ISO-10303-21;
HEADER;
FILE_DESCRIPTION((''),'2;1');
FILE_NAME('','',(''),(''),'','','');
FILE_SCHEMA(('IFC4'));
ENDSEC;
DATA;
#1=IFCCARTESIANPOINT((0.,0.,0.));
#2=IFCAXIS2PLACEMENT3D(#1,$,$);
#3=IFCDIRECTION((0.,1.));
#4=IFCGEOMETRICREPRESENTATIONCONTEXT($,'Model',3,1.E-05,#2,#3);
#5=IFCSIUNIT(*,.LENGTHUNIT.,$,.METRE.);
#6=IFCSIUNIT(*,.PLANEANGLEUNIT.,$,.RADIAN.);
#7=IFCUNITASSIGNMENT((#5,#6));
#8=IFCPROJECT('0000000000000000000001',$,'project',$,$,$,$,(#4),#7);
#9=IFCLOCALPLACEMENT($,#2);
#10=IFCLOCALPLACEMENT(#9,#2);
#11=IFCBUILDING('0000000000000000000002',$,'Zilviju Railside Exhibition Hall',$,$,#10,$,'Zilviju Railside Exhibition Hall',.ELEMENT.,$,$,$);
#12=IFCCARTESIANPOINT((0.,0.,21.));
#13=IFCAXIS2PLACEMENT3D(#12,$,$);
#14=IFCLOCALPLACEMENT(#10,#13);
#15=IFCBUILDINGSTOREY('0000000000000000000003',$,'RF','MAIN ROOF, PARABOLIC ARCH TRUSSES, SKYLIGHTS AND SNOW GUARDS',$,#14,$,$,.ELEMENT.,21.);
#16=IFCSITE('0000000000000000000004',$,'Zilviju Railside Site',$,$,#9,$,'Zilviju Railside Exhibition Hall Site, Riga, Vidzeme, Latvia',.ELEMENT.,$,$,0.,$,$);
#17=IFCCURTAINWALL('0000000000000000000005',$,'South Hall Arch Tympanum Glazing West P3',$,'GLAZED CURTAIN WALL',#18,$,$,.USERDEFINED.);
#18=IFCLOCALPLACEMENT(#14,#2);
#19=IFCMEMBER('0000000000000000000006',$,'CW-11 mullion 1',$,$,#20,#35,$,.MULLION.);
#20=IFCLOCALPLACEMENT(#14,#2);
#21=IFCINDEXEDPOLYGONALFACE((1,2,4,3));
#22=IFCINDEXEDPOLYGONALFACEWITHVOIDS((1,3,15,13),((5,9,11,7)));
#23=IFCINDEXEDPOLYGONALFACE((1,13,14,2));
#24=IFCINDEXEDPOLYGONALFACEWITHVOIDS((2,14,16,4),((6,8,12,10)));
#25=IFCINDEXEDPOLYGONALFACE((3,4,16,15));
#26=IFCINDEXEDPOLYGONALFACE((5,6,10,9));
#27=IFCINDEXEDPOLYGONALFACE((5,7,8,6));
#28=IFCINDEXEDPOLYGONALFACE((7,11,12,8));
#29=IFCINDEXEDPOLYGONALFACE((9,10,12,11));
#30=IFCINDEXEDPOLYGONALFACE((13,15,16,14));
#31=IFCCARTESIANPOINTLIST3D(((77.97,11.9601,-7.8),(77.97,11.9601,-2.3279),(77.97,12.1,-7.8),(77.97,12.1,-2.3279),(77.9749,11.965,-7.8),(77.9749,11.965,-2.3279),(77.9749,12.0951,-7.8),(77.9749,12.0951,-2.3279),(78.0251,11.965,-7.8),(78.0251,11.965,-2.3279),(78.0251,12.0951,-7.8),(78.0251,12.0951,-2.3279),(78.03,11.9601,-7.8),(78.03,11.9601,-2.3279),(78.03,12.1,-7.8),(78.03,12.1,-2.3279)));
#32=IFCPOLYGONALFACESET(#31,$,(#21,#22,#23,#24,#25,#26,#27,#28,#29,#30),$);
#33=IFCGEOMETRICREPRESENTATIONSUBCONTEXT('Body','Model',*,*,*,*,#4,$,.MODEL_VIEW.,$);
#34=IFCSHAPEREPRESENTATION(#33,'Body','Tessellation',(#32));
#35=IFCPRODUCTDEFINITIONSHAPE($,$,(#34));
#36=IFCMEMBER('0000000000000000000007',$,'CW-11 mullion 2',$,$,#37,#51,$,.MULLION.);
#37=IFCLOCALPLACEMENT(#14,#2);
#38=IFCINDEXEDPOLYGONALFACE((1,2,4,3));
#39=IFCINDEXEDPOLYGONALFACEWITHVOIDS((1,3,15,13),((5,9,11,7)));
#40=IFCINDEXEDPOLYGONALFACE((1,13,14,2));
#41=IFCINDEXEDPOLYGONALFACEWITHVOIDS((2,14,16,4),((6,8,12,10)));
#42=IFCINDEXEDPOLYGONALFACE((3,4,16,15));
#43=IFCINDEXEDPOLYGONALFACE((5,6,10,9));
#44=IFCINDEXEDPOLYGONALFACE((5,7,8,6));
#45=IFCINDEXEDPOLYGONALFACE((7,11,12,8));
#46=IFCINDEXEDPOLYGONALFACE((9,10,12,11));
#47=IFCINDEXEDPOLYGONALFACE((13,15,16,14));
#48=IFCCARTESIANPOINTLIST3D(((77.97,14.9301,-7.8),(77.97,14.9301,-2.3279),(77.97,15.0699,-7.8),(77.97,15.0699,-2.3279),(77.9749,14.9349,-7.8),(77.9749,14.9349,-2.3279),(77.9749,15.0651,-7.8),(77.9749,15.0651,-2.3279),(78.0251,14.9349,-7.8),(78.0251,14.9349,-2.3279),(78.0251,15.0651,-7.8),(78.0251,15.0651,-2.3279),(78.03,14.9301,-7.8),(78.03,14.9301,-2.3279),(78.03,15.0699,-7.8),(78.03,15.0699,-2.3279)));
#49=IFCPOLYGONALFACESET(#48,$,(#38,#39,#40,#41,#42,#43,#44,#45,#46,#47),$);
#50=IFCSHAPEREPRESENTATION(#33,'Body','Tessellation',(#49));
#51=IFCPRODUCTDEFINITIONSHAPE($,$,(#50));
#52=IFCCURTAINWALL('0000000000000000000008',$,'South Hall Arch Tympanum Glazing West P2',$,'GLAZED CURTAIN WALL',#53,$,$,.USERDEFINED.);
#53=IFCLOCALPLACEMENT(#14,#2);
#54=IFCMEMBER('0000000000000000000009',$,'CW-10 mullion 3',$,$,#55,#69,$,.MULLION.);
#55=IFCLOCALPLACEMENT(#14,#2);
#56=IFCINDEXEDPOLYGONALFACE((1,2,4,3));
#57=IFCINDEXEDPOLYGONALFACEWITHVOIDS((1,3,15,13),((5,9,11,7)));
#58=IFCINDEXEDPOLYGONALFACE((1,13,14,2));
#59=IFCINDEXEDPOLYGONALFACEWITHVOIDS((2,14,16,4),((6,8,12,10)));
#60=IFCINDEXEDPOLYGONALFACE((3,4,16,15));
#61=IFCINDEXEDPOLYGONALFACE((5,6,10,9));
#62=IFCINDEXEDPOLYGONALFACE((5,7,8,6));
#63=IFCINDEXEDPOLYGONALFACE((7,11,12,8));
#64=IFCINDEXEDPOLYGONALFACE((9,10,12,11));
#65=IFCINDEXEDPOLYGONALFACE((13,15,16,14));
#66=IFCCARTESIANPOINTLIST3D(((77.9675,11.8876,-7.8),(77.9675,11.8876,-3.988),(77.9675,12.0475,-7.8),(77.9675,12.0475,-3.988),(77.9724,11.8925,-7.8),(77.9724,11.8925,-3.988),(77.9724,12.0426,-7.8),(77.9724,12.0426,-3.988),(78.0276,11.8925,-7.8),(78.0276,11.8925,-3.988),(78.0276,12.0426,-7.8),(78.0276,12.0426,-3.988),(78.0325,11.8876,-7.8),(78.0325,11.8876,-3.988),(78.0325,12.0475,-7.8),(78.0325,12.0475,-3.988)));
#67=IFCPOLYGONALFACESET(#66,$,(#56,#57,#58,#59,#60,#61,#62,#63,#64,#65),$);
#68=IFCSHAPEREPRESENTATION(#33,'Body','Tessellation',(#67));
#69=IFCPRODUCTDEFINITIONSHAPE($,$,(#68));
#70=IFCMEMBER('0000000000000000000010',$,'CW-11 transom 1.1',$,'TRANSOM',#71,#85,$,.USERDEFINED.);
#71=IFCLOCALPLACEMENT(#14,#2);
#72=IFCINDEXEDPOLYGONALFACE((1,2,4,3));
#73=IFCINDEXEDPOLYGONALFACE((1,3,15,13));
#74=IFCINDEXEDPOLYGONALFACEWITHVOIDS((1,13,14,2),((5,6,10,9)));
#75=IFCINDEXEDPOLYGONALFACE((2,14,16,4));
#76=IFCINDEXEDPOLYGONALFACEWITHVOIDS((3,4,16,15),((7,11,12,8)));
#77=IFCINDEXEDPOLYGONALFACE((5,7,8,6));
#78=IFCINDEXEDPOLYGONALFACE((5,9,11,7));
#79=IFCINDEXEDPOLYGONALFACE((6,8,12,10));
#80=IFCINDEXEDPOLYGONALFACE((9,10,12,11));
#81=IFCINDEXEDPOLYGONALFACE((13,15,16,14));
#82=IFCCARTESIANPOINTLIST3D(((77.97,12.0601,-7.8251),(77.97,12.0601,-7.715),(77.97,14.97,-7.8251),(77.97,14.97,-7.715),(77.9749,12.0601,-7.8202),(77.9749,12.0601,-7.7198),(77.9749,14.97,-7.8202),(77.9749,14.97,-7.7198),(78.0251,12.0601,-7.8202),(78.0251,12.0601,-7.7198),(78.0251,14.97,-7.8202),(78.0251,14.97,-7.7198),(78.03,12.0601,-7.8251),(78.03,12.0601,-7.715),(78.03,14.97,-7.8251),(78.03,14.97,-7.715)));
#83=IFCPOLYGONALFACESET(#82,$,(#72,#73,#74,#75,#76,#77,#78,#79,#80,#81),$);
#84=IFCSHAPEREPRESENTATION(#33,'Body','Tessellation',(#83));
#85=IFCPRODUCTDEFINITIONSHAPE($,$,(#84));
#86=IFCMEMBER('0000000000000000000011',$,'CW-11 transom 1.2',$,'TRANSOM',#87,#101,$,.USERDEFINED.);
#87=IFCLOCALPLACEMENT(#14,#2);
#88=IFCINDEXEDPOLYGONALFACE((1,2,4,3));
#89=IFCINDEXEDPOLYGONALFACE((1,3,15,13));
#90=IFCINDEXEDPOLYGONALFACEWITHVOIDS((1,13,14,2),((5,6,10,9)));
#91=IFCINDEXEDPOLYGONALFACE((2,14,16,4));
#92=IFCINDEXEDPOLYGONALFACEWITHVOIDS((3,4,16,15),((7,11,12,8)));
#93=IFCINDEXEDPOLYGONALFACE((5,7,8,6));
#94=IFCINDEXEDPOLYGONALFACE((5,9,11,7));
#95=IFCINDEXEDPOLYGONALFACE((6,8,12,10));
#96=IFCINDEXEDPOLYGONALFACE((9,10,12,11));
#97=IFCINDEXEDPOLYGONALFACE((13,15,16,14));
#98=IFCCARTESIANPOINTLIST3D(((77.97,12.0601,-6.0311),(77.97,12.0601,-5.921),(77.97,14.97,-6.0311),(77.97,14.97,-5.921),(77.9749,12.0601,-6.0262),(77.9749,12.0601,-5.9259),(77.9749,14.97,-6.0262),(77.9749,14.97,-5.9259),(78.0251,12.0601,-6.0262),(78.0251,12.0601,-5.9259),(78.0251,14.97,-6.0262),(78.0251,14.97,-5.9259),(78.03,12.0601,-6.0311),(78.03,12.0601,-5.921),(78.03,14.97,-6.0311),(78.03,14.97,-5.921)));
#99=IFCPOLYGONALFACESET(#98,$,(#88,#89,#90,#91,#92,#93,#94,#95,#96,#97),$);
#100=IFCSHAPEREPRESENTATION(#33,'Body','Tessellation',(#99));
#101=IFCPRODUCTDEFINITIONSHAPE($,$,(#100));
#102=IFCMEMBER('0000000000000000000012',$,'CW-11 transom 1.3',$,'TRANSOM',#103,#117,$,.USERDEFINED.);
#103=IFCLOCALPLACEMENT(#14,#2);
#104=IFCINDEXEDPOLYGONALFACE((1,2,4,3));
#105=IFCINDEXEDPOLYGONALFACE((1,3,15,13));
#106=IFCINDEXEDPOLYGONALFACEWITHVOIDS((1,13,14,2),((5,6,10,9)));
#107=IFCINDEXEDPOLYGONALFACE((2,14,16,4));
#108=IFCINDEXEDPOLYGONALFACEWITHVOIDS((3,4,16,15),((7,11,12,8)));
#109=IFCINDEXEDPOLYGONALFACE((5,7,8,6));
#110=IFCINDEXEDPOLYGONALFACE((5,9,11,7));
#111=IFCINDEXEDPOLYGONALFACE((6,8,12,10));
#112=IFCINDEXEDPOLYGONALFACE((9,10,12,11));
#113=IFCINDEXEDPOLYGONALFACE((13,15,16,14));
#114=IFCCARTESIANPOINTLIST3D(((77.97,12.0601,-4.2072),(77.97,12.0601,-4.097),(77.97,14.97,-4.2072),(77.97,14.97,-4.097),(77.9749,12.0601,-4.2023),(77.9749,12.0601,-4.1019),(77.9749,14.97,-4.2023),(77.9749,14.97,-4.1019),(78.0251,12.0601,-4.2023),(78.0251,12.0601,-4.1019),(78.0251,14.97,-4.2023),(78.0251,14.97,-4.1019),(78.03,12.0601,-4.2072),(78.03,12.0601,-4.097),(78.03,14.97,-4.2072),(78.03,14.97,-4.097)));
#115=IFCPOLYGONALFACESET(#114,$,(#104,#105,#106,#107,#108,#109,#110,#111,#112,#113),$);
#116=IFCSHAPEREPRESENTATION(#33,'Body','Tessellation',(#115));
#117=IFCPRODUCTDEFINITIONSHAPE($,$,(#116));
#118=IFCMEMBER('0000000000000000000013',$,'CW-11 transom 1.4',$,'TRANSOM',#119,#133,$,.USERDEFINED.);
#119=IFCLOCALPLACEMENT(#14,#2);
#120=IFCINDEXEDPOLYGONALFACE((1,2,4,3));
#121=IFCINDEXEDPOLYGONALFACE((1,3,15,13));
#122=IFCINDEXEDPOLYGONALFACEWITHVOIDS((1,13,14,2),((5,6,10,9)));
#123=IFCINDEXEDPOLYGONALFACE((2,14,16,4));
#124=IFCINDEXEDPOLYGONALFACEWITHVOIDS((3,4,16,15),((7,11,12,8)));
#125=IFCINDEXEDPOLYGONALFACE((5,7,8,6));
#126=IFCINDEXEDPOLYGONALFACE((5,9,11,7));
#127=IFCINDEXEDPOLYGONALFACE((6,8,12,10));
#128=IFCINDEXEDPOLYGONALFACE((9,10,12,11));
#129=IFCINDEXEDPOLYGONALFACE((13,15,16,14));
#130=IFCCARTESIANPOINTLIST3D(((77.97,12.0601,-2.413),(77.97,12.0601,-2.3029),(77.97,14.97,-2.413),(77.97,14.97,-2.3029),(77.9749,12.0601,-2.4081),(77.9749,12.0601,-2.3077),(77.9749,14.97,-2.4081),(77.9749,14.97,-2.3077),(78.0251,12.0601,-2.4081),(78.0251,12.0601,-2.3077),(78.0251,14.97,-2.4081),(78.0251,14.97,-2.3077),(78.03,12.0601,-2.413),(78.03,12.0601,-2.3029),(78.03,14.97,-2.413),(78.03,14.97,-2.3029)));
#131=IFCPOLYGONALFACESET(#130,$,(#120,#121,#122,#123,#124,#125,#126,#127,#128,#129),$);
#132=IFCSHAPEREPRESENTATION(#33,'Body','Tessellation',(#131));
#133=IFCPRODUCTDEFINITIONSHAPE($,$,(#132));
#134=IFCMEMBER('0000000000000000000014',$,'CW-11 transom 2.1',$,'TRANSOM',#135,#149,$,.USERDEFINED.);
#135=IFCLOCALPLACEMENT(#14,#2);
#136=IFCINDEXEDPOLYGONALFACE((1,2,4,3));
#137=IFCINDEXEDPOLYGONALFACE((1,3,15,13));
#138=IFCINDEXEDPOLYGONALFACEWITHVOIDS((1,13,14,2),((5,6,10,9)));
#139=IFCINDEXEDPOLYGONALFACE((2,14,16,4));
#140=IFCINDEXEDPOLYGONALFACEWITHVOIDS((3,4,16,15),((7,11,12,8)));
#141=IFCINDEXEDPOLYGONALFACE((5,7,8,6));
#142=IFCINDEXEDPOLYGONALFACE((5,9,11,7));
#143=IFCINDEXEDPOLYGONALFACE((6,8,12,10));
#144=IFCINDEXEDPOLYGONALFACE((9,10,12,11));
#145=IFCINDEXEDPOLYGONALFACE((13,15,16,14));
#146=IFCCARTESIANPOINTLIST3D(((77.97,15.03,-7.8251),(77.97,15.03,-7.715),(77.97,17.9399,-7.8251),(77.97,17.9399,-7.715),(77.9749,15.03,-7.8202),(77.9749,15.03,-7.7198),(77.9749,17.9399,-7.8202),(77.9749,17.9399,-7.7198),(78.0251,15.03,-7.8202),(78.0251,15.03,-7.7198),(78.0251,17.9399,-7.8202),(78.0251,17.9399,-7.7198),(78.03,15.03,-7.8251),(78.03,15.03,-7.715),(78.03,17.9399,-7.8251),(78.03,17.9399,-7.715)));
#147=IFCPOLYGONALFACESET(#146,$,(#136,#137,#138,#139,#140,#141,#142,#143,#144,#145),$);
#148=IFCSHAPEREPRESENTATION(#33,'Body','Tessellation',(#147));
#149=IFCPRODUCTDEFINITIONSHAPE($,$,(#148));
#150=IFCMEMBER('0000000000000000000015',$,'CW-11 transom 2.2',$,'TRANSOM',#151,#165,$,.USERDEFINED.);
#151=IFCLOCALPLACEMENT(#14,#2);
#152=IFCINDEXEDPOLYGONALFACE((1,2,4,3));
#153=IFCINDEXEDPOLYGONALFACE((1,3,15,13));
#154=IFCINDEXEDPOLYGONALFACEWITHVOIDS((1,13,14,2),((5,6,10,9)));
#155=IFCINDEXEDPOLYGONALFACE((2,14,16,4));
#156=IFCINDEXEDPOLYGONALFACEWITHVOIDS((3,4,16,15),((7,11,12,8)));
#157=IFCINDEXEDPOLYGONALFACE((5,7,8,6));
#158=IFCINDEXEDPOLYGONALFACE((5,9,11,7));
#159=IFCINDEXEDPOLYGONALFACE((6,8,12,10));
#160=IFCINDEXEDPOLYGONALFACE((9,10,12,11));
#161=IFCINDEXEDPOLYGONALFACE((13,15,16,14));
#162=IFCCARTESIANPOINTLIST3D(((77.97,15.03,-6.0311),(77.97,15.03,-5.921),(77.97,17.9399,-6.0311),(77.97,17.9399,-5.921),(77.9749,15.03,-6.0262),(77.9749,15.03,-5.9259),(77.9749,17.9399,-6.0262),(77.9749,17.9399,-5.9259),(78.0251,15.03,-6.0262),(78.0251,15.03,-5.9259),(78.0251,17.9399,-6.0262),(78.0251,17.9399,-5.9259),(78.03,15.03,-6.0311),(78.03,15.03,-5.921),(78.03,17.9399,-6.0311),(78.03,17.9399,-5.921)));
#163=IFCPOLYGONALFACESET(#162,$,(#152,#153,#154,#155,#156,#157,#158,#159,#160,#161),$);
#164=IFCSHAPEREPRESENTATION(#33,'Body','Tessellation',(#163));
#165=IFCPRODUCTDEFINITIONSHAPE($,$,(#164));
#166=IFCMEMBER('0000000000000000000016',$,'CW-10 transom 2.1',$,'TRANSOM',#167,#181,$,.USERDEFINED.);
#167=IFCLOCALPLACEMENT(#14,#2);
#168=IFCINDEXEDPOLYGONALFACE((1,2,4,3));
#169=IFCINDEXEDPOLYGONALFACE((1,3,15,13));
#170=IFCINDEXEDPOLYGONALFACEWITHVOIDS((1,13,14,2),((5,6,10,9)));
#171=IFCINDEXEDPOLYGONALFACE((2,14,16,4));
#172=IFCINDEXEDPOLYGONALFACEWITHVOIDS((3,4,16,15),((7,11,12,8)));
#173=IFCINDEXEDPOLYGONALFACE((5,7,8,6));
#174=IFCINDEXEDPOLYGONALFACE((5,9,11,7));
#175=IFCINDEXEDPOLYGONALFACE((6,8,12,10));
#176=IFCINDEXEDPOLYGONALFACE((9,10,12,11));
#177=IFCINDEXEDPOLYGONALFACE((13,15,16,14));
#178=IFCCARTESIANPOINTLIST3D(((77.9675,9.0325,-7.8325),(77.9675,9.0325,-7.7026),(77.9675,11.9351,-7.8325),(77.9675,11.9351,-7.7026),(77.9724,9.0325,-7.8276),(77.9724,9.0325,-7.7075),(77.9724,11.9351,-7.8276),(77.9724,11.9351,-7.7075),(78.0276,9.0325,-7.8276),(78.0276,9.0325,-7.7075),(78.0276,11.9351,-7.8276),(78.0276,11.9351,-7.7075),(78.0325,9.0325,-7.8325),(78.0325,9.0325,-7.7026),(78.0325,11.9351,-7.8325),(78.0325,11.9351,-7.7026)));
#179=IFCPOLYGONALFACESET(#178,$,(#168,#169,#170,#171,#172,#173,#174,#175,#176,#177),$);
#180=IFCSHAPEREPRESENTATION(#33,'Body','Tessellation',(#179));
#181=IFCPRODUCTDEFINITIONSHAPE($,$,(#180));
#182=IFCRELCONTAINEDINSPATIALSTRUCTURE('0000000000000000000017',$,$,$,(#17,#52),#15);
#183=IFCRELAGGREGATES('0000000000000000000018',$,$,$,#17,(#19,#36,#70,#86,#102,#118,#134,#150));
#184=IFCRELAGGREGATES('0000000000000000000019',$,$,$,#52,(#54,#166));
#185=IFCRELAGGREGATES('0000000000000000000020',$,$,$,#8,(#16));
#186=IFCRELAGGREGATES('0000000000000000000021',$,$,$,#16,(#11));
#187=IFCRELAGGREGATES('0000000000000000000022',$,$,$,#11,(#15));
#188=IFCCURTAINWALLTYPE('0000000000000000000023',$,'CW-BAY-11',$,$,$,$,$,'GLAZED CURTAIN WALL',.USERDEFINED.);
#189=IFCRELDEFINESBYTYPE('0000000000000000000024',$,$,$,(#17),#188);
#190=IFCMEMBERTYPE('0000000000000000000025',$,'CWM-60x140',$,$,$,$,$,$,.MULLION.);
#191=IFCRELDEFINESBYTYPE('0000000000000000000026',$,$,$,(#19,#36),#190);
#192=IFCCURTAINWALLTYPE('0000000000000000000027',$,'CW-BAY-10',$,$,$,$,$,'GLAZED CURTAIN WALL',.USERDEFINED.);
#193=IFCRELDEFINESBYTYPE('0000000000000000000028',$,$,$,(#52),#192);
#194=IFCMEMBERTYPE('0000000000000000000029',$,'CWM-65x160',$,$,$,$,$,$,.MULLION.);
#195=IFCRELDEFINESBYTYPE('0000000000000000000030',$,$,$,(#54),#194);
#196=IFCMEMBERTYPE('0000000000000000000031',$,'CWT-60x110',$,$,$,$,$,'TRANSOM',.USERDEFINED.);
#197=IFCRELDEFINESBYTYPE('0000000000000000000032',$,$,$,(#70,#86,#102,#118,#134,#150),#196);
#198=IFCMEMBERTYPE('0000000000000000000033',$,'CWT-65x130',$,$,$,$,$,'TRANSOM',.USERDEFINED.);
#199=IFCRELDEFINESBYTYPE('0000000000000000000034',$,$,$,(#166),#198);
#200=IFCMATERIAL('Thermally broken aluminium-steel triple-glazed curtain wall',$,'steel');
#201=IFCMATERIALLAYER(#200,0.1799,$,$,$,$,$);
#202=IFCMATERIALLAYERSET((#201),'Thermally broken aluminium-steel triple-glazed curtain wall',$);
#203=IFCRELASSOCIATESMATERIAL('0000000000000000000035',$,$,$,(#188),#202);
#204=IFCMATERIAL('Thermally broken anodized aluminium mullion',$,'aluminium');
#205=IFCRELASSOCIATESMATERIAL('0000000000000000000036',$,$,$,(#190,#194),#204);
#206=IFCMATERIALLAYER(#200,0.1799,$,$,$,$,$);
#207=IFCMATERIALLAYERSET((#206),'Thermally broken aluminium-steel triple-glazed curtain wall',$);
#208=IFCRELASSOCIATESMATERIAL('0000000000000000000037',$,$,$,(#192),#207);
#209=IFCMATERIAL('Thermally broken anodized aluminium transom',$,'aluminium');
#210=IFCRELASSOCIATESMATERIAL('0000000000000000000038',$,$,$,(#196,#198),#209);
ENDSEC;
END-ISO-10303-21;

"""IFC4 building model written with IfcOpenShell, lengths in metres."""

from ifc_helpers import new_model, si_unit, direction, frame, origin, origin_2d, place, context, subcontext, project, spatial, hollow_rectangle, extrude, material, layer, layer_set, material_profile, profile_set, type_object, element, aggregate, save


model = new_model("IFC4")

# Units and contexts
model_context = context("Model", 3, precision=1e-05, world=origin(), true_north=direction((0.0, 1.0)))
body_context = subcontext(model_context, "Body", "Model", "MODEL_VIEW")
ifc_project = project(units=[si_unit("LENGTHUNIT", "METRE"), si_unit("PLANEANGLEUNIT", "RADIAN")], contexts=[model_context])

# Site, building, storey
site_placement = place(None, origin())
site = spatial("IfcSite", under=ifc_project, at=site_placement, Name="Zilviju Railside Site", LongName="Zilviju Railside Exhibition Hall Site, Riga, Vidzeme, Latvia", CompositionType="ELEMENT", RefElevation=0.0)
building_placement = place(site_placement, origin())
building = spatial("IfcBuilding", under=site, at=building_placement, Name="Zilviju Railside Exhibition Hall", LongName="Zilviju Railside Exhibition Hall", CompositionType="ELEMENT")
storey_placement = place(building_placement, frame((0.0, 0.0, 21.0)))
storey = spatial("IfcBuildingStorey", under=building, at=storey_placement, Name="RF", Description="MAIN ROOF, PARABOLIC ARCH TRUSSES, SKYLIGHTS AND SNOW GUARDS", CompositionType="ELEMENT", Elevation=21.0)

# Curtain wall, members
ifc_material_1 = material(Name="Thermally broken aluminium-steel triple-glazed curtain wall", Category="steel")
ifc_layer_1 = layer(ifc_material_1, 0.1799)
ifc_layer_set_1 = layer_set([ifc_layer_1], Name="Thermally broken aluminium-steel triple-glazed curtain wall")
curtain_wall_type_1 = type_object("IfcCurtainWallType", Name="CW-BAY-11", ElementType="GLAZED CURTAIN WALL", PredefinedType="USERDEFINED", material=ifc_layer_set_1)
curtain_wall_1_placement = place(storey_placement, origin())
curtain_wall_1 = element("IfcCurtainWall", 1, at=curtain_wall_1_placement, inside=storey, type_object=curtain_wall_type_1, Name="South Hall Arch Tympanum Glazing West P3", ObjectType="GLAZED CURTAIN WALL", PredefinedType="USERDEFINED")
ifc_material_2 = material(Name="Thermally broken anodized aluminium mullion", Category="aluminium")
ifc_material_profile_1 = material_profile(ifc_material_2, hollow_rectangle(XDim=0.0601, YDim=0.1399, WallThickness=0.0049, at=origin_2d()), Name="MULLION 140x60x5")
ifc_profile_set_1 = profile_set([ifc_material_profile_1], Name="Thermally broken anodized aluminium mullion")
member_type_1 = type_object("IfcMemberType", Name="CWM-60x140", PredefinedType="MULLION", material=ifc_profile_set_1)
member_1_placement = place(storey_placement, frame((78.0, 12.03, -7.8), z_axis=(0.0, 0.0, 1.0), x_axis=(-1.0, 0.0, 0.0)))
member_1 = element("IfcMember", 2, at=member_1_placement, type_object=member_type_1, Name="CW-11 mullion 1", PredefinedType="MULLION", context=body_context, shape_type="SweptSolid", body=[
    extrude(hollow_rectangle(XDim=0.0601, YDim=0.1399, WallThickness=0.0049, at=origin_2d()), origin(), (0.0, 0.0, 1.0), 5.4722),
])
member_2_placement = place(storey_placement, frame((78.0, 15.0, -7.8), z_axis=(0.0, 0.0, 1.0), x_axis=(-1.0, 0.0, 0.0)))
member_2 = element("IfcMember", 3, at=member_2_placement, type_object=member_type_1, Name="CW-11 mullion 2", PredefinedType="MULLION", context=body_context, shape_type="SweptSolid", body=[
    extrude(hollow_rectangle(XDim=0.0601, YDim=0.1399, WallThickness=0.0049, at=origin_2d()), origin(), (0.0, 0.0, 1.0), 5.4722),
])

# Curtain wall, member
ifc_layer_2 = layer(ifc_material_1, 0.1799)
ifc_layer_set_2 = layer_set([ifc_layer_2], Name="Thermally broken aluminium-steel triple-glazed curtain wall")
curtain_wall_type_2 = type_object("IfcCurtainWallType", Name="CW-BAY-10", ElementType="GLAZED CURTAIN WALL", PredefinedType="USERDEFINED", material=ifc_layer_set_2)
curtain_wall_2_placement = place(storey_placement, origin())
curtain_wall_2 = element("IfcCurtainWall", 4, at=curtain_wall_2_placement, inside=storey, type_object=curtain_wall_type_2, Name="South Hall Arch Tympanum Glazing West P2", ObjectType="GLAZED CURTAIN WALL", PredefinedType="USERDEFINED")
ifc_material_profile_2 = material_profile(ifc_material_2, hollow_rectangle(XDim=0.0649, YDim=0.1599, WallThickness=0.0049, at=origin_2d()), Name="MULLION 160x65x5")
ifc_profile_set_2 = profile_set([ifc_material_profile_2], Name="Thermally broken anodized aluminium mullion")
member_type_2 = type_object("IfcMemberType", Name="CWM-65x160", PredefinedType="MULLION", material=ifc_profile_set_2)
member_3_placement = place(storey_placement, frame((78.0, 11.9675, -7.8), z_axis=(0.0, 0.0, 1.0), x_axis=(-1.0, 0.0, 0.0)))
member_3 = element("IfcMember", 5, at=member_3_placement, type_object=member_type_2, Name="CW-10 mullion 3", PredefinedType="MULLION", context=body_context, shape_type="SweptSolid", body=[
    extrude(hollow_rectangle(XDim=0.0649, YDim=0.1599, WallThickness=0.0049, at=origin_2d()), origin(), (0.0, 0.0, 1.0), 3.812),
])

# Members
ifc_material_3 = material(Name="Thermally broken anodized aluminium transom", Category="aluminium")
ifc_material_profile_3 = material_profile(ifc_material_3, hollow_rectangle(XDim=0.0601, YDim=0.1101, WallThickness=0.0049, at=origin_2d()), Name="TRANSOM 110x60x5")
ifc_profile_set_3 = profile_set([ifc_material_profile_3], Name="Thermally broken anodized aluminium transom")
member_type_3 = type_object("IfcMemberType", Name="CWT-60x110", ElementType="TRANSOM", PredefinedType="USERDEFINED", material=ifc_profile_set_3)
member_4_placement = place(storey_placement, frame((78.0, 12.0601, -7.77), z_axis=(0.0, 1.0, 0.0), x_axis=(-1.0, 0.0, 0.0)))
member_4 = element("IfcMember", 6, at=member_4_placement, type_object=member_type_3, Name="CW-11 transom 1.1", ObjectType="TRANSOM", PredefinedType="USERDEFINED", context=body_context, shape_type="SweptSolid", body=[
    extrude(hollow_rectangle(XDim=0.0601, YDim=0.1101, WallThickness=0.0049, at=origin_2d()), origin(), (0.0, 0.0, 1.0), 2.9099),
])
member_5_placement = place(storey_placement, frame((78.0, 12.0601, -5.9761), z_axis=(0.0, 1.0, 0.0), x_axis=(-1.0, 0.0, 0.0)))
member_5 = element("IfcMember", 7, at=member_5_placement, type_object=member_type_3, Name="CW-11 transom 1.2", ObjectType="TRANSOM", PredefinedType="USERDEFINED", context=body_context, shape_type="SweptSolid", body=[
    extrude(hollow_rectangle(XDim=0.0601, YDim=0.1101, WallThickness=0.0049, at=origin_2d()), origin(), (0.0, 0.0, 1.0), 2.9099),
])
member_6_placement = place(storey_placement, frame((78.0, 12.0601, -4.1521), z_axis=(0.0, 1.0, 0.0), x_axis=(-1.0, 0.0, 0.0)))
member_6 = element("IfcMember", 8, at=member_6_placement, type_object=member_type_3, Name="CW-11 transom 1.3", ObjectType="TRANSOM", PredefinedType="USERDEFINED", context=body_context, shape_type="SweptSolid", body=[
    extrude(hollow_rectangle(XDim=0.0601, YDim=0.1101, WallThickness=0.0049, at=origin_2d()), origin(), (0.0, 0.0, 1.0), 2.9099),
])
member_7_placement = place(storey_placement, frame((78.0, 12.0601, -2.3579), z_axis=(0.0, 1.0, 0.0), x_axis=(-1.0, 0.0, 0.0)))
member_7 = element("IfcMember", 9, at=member_7_placement, type_object=member_type_3, Name="CW-11 transom 1.4", ObjectType="TRANSOM", PredefinedType="USERDEFINED", context=body_context, shape_type="SweptSolid", body=[
    extrude(hollow_rectangle(XDim=0.0601, YDim=0.1101, WallThickness=0.0049, at=origin_2d()), origin(), (0.0, 0.0, 1.0), 2.9099),
])
member_8_placement = place(storey_placement, frame((78.0, 15.03, -7.77), z_axis=(0.0, 1.0, 0.0), x_axis=(-1.0, 0.0, 0.0)))
member_8 = element("IfcMember", 10, at=member_8_placement, type_object=member_type_3, Name="CW-11 transom 2.1", ObjectType="TRANSOM", PredefinedType="USERDEFINED", context=body_context, shape_type="SweptSolid", body=[
    extrude(hollow_rectangle(XDim=0.0601, YDim=0.1101, WallThickness=0.0049, at=origin_2d()), origin(), (0.0, 0.0, 1.0), 2.9099),
])
member_9_placement = place(storey_placement, frame((78.0, 15.03, -5.9761), z_axis=(0.0, 1.0, 0.0), x_axis=(-1.0, 0.0, 0.0)))
member_9 = element("IfcMember", 11, at=member_9_placement, type_object=member_type_3, Name="CW-11 transom 2.2", ObjectType="TRANSOM", PredefinedType="USERDEFINED", context=body_context, shape_type="SweptSolid", body=[
    extrude(hollow_rectangle(XDim=0.0601, YDim=0.1101, WallThickness=0.0049, at=origin_2d()), origin(), (0.0, 0.0, 1.0), 2.9099),
])
ifc_material_profile_4 = material_profile(ifc_material_3, hollow_rectangle(XDim=0.0649, YDim=0.1299, WallThickness=0.0049, at=origin_2d()), Name="TRANSOM 130x65x5")
ifc_profile_set_4 = profile_set([ifc_material_profile_4], Name="Thermally broken anodized aluminium transom")
member_type_4 = type_object("IfcMemberType", Name="CWT-65x130", ElementType="TRANSOM", PredefinedType="USERDEFINED", material=ifc_profile_set_4)
member_10_placement = place(storey_placement, frame((78.0, 9.0325, -7.7676), z_axis=(0.0, 1.0, 0.0), x_axis=(-1.0, 0.0, 0.0)))
member_10 = element("IfcMember", 12, at=member_10_placement, type_object=member_type_4, Name="CW-10 transom 2.1", ObjectType="TRANSOM", PredefinedType="USERDEFINED", context=body_context, shape_type="SweptSolid", body=[
    extrude(hollow_rectangle(XDim=0.0649, YDim=0.1299, WallThickness=0.0049, at=origin_2d()), origin(), (0.0, 0.0, 1.0), 2.9026),
])

aggregate(curtain_wall_1, [member_1, member_2, member_4, member_5, member_6, member_7, member_8, member_9])
aggregate(curtain_wall_2, [member_3, member_10])

save(model, "model.ifc")
